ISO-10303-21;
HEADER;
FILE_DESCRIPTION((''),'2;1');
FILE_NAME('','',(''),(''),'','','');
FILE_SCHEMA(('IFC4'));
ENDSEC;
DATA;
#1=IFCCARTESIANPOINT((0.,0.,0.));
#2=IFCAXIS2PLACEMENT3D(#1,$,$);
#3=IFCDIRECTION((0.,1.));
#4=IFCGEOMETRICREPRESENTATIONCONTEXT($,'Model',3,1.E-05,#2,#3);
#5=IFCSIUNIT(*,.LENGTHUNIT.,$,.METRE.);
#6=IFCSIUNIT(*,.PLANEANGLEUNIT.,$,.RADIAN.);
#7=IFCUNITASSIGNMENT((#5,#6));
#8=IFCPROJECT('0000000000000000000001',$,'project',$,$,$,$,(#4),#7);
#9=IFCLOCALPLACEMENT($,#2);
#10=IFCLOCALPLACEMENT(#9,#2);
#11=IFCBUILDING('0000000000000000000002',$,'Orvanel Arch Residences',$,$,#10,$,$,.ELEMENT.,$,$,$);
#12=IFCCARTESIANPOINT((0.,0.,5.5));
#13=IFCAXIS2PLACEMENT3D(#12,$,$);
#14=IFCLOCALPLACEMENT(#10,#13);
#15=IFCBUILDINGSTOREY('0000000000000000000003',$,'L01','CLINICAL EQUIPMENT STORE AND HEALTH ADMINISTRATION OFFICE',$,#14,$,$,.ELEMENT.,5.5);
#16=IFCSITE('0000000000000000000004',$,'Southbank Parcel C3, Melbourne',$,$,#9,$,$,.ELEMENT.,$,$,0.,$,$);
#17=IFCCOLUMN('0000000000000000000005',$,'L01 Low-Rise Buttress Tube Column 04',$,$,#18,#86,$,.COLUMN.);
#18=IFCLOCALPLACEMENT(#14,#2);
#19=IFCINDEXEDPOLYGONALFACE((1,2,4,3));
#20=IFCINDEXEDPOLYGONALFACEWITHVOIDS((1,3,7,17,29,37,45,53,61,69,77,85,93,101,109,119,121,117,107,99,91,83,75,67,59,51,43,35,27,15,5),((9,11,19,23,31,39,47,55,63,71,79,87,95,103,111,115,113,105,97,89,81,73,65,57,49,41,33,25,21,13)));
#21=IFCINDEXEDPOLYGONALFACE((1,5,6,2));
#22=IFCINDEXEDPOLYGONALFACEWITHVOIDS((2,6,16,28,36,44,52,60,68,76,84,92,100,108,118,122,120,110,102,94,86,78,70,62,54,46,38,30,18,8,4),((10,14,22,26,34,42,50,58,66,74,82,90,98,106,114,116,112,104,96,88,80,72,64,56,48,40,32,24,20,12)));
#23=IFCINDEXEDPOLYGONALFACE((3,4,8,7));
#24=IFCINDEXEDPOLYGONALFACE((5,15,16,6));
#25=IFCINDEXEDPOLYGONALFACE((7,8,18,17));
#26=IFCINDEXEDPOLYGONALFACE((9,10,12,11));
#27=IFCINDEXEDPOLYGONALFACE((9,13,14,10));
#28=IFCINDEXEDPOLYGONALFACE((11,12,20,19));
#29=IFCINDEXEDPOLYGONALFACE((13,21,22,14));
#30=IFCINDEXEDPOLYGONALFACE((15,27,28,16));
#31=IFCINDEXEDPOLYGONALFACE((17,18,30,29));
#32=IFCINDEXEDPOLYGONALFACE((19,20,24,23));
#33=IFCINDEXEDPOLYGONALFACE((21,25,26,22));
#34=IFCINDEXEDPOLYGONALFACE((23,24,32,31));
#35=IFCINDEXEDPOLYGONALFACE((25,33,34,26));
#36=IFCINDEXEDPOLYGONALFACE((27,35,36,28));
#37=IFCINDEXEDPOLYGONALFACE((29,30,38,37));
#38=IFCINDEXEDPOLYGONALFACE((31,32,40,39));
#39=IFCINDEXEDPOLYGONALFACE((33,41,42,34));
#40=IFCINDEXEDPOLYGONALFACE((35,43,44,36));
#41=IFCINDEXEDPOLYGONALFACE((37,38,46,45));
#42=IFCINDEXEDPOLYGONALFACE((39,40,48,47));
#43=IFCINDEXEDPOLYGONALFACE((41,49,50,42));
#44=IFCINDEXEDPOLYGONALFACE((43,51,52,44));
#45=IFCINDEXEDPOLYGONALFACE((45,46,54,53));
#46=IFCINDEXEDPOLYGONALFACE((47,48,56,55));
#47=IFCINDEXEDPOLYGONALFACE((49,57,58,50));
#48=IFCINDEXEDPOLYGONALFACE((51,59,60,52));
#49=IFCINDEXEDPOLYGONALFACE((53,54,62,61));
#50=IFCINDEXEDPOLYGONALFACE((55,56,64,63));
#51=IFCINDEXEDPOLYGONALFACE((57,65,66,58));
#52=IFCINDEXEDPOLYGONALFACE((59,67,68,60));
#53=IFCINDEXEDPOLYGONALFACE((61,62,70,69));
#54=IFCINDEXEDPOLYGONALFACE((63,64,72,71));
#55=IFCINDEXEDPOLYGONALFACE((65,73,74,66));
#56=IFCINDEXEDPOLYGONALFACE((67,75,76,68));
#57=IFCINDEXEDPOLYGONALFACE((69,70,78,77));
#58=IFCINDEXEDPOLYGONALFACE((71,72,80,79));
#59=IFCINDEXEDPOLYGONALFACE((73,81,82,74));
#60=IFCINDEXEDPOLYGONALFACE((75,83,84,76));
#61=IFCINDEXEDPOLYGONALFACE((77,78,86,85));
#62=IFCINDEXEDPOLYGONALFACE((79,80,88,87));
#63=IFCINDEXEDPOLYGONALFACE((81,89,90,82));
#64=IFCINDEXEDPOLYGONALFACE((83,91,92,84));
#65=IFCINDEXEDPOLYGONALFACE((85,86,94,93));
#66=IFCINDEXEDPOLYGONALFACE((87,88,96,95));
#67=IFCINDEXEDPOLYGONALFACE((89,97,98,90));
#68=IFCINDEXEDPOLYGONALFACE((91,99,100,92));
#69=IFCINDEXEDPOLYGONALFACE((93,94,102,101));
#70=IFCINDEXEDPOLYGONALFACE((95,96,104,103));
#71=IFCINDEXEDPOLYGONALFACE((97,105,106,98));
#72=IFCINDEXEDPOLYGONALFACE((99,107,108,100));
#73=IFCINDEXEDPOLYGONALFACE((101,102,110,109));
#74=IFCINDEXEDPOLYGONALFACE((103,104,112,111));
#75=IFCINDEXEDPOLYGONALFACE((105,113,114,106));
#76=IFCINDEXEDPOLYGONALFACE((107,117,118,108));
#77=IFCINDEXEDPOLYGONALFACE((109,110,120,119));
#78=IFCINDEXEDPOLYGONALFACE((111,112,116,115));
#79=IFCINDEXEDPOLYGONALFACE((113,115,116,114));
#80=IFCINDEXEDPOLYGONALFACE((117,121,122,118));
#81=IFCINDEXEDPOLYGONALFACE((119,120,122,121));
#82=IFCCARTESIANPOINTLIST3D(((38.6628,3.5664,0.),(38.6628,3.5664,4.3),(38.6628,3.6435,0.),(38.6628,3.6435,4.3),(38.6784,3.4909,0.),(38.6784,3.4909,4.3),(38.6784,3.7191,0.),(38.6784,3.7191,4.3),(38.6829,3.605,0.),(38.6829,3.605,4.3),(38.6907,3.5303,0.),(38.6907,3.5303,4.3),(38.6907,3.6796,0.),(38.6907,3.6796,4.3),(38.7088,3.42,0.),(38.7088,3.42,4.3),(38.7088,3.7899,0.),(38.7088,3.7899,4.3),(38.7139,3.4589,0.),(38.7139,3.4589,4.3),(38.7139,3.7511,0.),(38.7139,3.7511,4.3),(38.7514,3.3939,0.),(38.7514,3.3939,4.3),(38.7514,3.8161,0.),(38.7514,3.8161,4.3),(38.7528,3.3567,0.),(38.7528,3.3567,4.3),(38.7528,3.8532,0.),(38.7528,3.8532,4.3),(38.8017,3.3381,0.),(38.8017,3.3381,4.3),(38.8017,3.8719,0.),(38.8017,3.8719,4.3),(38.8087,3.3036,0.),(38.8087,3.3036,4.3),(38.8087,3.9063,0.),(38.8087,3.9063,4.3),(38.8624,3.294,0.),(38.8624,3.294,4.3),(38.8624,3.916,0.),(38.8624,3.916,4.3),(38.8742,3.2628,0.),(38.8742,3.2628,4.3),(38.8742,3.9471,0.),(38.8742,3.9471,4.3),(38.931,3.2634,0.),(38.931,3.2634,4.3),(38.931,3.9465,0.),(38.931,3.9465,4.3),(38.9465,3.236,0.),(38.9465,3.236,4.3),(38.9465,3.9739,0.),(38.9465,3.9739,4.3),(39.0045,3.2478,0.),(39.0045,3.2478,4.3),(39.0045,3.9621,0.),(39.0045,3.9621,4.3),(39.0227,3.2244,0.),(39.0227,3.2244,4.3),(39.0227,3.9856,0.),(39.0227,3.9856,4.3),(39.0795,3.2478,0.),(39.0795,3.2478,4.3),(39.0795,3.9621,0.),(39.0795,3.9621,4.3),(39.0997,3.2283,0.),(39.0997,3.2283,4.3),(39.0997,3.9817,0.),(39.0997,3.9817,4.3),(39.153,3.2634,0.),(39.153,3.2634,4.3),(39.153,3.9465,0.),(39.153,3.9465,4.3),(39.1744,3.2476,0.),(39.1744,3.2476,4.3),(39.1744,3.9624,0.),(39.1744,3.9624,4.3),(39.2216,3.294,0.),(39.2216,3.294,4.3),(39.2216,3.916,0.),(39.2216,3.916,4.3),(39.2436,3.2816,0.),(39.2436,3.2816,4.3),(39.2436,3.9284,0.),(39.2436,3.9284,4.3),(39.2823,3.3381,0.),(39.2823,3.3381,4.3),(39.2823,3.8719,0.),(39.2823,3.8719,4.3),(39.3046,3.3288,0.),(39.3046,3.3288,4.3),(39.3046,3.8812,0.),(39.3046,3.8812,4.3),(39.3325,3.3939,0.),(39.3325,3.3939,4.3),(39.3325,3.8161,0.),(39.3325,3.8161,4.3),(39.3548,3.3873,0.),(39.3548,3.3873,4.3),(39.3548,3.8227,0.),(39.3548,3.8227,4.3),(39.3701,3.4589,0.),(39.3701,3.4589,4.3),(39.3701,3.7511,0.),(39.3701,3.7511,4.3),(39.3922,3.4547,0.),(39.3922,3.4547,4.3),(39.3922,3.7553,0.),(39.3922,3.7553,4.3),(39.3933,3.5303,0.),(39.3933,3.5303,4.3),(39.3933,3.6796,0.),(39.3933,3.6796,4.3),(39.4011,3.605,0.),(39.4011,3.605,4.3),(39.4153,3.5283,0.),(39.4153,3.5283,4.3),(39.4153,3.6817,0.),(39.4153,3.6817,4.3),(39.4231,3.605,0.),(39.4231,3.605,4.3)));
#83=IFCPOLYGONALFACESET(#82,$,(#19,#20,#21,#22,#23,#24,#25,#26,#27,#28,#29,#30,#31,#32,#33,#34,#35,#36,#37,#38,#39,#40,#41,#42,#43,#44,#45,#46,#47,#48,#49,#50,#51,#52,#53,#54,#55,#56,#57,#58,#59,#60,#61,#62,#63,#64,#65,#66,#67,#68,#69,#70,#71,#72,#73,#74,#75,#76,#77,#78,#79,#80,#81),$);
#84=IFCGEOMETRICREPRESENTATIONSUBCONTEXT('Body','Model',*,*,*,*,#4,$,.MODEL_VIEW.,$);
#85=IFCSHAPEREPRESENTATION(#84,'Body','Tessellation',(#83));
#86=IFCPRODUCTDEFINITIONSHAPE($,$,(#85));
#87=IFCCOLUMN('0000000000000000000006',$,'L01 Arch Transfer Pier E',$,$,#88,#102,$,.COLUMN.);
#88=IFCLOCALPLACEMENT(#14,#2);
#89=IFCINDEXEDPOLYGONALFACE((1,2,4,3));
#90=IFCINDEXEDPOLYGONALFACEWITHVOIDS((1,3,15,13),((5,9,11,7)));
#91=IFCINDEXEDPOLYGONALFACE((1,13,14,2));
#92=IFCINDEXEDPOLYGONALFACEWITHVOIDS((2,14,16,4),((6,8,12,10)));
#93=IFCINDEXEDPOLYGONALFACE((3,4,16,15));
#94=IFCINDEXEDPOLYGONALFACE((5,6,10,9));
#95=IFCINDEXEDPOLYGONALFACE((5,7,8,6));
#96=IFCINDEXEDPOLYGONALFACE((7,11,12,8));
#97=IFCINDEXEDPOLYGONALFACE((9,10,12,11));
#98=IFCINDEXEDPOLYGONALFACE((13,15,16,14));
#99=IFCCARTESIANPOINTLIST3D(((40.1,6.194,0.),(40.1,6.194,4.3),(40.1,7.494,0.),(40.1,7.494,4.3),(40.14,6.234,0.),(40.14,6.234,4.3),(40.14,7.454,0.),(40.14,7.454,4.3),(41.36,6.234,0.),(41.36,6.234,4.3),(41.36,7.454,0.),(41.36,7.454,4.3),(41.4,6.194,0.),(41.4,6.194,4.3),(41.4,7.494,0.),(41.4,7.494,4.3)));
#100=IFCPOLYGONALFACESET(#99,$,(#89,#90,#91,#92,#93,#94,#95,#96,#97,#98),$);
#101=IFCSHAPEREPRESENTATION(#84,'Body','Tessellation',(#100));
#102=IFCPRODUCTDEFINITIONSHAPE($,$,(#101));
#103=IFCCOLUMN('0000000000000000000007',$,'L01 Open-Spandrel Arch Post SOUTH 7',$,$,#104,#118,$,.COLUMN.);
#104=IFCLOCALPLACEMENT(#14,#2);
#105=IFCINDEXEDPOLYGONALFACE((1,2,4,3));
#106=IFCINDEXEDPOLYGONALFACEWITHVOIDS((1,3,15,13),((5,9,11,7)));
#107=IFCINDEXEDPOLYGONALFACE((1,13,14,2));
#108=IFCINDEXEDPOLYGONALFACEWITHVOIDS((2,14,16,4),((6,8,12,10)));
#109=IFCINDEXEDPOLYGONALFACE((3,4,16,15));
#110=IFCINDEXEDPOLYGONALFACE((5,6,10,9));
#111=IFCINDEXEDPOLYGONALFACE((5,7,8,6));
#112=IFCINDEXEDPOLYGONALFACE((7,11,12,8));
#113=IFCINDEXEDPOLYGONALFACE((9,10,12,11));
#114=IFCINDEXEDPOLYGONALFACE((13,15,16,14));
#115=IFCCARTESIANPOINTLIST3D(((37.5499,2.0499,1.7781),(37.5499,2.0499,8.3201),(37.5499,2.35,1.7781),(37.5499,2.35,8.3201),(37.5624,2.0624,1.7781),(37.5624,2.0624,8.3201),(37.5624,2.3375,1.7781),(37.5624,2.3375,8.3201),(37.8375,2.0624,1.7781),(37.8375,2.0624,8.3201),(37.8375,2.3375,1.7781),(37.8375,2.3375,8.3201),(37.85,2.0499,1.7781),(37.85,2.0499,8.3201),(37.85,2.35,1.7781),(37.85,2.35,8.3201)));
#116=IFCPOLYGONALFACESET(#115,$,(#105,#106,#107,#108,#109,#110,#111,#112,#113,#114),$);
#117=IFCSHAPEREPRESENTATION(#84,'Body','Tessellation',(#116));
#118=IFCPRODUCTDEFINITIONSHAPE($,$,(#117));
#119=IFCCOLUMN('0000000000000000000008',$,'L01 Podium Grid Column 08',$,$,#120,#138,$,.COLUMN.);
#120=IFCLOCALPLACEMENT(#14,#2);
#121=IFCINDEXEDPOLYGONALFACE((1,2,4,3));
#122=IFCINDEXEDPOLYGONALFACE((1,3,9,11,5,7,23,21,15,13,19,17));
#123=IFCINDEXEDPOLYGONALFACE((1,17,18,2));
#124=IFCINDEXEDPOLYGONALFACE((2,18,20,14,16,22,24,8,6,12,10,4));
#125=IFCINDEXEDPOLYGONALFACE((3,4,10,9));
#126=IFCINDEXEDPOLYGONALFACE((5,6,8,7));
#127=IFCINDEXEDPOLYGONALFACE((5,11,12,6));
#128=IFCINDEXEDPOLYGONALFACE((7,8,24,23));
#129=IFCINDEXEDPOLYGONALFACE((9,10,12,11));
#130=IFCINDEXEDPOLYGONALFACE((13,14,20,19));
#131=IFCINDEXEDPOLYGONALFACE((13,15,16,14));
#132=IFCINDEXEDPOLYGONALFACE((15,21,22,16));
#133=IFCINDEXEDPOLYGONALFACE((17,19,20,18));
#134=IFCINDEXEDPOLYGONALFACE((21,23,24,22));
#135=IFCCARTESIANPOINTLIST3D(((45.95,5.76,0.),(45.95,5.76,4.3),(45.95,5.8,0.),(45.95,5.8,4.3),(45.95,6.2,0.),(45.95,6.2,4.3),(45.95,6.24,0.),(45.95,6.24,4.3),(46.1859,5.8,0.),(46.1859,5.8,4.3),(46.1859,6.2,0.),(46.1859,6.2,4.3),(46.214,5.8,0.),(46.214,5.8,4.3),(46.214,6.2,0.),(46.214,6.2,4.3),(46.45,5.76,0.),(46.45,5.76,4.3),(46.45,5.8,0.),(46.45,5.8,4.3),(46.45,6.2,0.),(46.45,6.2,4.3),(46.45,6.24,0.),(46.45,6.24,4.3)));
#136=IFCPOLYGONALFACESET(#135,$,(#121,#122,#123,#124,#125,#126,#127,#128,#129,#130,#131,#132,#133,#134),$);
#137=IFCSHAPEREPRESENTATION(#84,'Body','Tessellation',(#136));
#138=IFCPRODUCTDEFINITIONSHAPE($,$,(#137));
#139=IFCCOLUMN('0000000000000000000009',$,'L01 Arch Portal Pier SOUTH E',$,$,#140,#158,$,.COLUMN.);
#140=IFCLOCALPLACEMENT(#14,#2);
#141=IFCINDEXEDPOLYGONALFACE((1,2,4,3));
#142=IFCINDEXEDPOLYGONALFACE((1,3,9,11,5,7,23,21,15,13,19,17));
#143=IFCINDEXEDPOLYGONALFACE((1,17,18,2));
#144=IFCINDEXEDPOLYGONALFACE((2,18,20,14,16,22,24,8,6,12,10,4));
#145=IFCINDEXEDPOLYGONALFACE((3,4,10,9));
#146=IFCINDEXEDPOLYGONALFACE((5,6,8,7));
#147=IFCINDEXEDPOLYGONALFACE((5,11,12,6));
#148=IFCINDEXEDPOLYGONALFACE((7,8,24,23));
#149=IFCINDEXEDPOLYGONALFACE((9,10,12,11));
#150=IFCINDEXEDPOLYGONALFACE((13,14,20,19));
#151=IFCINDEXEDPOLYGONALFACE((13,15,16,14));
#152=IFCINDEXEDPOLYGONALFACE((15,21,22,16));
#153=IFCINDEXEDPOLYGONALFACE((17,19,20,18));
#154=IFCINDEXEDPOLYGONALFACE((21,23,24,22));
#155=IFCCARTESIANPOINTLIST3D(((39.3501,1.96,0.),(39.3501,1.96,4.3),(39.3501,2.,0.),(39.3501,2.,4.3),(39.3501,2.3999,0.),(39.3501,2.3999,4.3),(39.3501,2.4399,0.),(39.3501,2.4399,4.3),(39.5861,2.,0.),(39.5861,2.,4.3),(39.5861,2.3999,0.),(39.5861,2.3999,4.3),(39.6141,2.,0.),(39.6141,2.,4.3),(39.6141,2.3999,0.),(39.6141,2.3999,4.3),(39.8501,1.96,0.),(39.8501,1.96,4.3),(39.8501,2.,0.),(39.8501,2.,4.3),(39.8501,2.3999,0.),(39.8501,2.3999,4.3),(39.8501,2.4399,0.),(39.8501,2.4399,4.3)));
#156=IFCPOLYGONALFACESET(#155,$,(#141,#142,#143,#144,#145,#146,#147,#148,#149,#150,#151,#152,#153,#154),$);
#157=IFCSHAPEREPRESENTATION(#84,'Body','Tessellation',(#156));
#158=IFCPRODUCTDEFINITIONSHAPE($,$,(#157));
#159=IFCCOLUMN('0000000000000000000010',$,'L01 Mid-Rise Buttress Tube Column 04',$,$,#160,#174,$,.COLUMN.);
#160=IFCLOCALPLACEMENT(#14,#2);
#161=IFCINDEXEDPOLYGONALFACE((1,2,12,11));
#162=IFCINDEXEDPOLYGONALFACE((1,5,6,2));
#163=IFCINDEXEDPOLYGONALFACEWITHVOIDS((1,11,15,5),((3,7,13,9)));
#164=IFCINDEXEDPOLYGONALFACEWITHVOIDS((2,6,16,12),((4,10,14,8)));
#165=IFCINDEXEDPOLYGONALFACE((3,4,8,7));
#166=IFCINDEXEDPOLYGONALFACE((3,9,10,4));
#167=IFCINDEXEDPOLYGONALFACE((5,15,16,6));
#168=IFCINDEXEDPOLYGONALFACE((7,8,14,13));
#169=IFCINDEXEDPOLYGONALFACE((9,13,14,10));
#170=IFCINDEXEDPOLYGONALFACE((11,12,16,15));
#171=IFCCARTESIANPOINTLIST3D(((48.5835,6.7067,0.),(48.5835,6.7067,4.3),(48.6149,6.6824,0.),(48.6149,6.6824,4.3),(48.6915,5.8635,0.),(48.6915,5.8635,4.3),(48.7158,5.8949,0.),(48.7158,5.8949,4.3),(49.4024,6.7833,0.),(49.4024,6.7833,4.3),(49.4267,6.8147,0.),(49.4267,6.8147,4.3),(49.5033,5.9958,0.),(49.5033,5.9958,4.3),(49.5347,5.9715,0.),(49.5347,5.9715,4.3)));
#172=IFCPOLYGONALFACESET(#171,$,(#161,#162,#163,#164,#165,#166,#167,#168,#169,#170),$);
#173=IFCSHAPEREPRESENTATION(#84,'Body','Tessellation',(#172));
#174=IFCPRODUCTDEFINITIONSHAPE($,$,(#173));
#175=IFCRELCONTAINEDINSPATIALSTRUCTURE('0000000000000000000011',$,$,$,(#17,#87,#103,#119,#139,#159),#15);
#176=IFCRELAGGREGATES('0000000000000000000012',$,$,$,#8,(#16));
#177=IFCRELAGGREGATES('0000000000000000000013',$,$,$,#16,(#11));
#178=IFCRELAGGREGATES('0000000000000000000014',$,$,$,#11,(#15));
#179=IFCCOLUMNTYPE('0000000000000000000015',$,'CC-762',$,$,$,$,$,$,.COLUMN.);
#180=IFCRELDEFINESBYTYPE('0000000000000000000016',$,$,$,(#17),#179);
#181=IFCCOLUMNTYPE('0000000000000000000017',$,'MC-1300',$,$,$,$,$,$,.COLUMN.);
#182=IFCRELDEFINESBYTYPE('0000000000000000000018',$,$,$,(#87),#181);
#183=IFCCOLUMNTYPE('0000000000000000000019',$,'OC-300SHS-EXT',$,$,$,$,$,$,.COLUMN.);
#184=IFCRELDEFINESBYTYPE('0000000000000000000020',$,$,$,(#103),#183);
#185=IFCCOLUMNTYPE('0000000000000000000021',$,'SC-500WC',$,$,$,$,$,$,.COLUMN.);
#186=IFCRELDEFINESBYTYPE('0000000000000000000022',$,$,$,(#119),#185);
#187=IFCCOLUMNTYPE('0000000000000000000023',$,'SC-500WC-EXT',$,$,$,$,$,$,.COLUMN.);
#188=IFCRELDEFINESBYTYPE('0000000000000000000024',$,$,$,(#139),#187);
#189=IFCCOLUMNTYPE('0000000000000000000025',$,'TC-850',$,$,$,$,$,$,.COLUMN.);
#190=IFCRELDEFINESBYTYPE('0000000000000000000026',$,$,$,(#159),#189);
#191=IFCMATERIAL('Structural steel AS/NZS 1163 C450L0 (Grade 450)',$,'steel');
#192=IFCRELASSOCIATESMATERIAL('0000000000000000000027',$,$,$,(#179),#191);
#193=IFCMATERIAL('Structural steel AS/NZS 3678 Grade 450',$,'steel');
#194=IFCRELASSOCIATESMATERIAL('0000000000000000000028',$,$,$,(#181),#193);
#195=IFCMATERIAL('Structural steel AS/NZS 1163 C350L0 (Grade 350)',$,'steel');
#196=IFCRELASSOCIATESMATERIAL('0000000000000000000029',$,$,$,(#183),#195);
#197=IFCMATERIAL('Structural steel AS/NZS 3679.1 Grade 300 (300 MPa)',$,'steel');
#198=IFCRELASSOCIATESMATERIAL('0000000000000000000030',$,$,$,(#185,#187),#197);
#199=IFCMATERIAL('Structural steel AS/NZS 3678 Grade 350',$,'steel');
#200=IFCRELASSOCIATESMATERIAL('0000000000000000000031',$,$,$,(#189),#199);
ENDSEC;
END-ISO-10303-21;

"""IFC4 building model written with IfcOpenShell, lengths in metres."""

from ifc_helpers import new_model, si_unit, direction, frame, origin, origin_2d, place, context, subcontext, project, spatial, hollow_rectangle, hollow_circle, i_section, extrude, material, material_profile, profile_set, type_object, element, save


model = new_model("IFC4")

# Units and contexts
model_context = context("Model", 3, precision=1e-05, world=origin(), true_north=direction((0.0, 1.0)))
body_context = subcontext(model_context, "Body", "Model", "MODEL_VIEW")
ifc_project = project(units=[si_unit("LENGTHUNIT", "METRE"), si_unit("PLANEANGLEUNIT", "RADIAN")], contexts=[model_context])

# Site, building, storey
site_placement = place(None, origin())
site = spatial("IfcSite", under=ifc_project, at=site_placement, Name="Southbank Parcel C3, Melbourne", CompositionType="ELEMENT", RefElevation=0.0)
building_placement = place(site_placement, origin())
building = spatial("IfcBuilding", under=site, at=building_placement, Name="Orvanel Arch Residences", CompositionType="ELEMENT")
storey_placement = place(building_placement, frame((0.0, 0.0, 5.5)))
storey = spatial("IfcBuildingStorey", under=building, at=storey_placement, Name="L01", Description="CLINICAL EQUIPMENT STORE AND HEALTH ADMINISTRATION OFFICE", CompositionType="ELEMENT", Elevation=5.5)

# Columns
ifc_material_1 = material(Name="Structural steel AS/NZS 1163 C450L0 (Grade 450)", Category="steel")
ifc_material_profile_1 = material_profile(ifc_material_1, hollow_circle(Radius=0.3811, WallThickness=0.022, at=origin_2d()), Name="CHS762x22")
ifc_profile_set_1 = profile_set([ifc_material_profile_1], Name="Structural steel AS/NZS 1163 C450L0 (Grade 450)")
column_type_1 = type_object("IfcColumnType", Name="CC-762", PredefinedType="COLUMN", material=ifc_profile_set_1)
column_1_placement = place(storey_placement, frame((39.042, 3.605, 0.0), z_axis=(0.0, 0.0, 1.0), x_axis=(1.0, 0.0, 0.0)))
element("IfcColumn", 1, at=column_1_placement, inside=storey, type_object=column_type_1, Name="L01 Low-Rise Buttress Tube Column 04", PredefinedType="COLUMN", context=body_context, shape_type="SweptSolid", body=[
    extrude(hollow_circle(Radius=0.3811, WallThickness=0.022, at=origin_2d()), origin(), (0.0, 0.0, 1.0), 4.3),
])
ifc_material_2 = material(Name="Structural steel AS/NZS 3678 Grade 450", Category="steel")
ifc_material_profile_2 = material_profile(ifc_material_2, hollow_rectangle(XDim=1.3, YDim=1.3, WallThickness=0.04, at=origin_2d()), Name="BOX1300x1300x40")
ifc_profile_set_2 = profile_set([ifc_material_profile_2], Name="Structural steel AS/NZS 3678 Grade 450")
column_type_2 = type_object("IfcColumnType", Name="MC-1300", PredefinedType="COLUMN", material=ifc_profile_set_2)
column_2_placement = place(storey_placement, frame((40.75, 6.844, 0.0), z_axis=(0.0, 0.0, 1.0), x_axis=(1.0, 0.0, 0.0)))
element("IfcColumn", 2, at=column_2_placement, inside=storey, type_object=column_type_2, Name="L01 Arch Transfer Pier E", PredefinedType="COLUMN", context=body_context, shape_type="SweptSolid", body=[
    extrude(hollow_rectangle(XDim=1.3, YDim=1.3, WallThickness=0.04, at=origin_2d()), origin(), (0.0, 0.0, 1.0), 4.3),
])
ifc_material_3 = material(Name="Structural steel AS/NZS 1163 C350L0 (Grade 350)", Category="steel")
ifc_material_profile_3 = material_profile(ifc_material_3, hollow_rectangle(XDim=0.3, YDim=0.3, WallThickness=0.0125, at=origin_2d()), Name="SHS300x300x12.5")
ifc_profile_set_3 = profile_set([ifc_material_profile_3], Name="Structural steel AS/NZS 1163 C350L0 (Grade 350)")
column_type_3 = type_object("IfcColumnType", Name="OC-300SHS-EXT", PredefinedType="COLUMN", material=ifc_profile_set_3)
column_3_placement = place(storey_placement, frame((37.7, 2.2, 1.7781), z_axis=(0.0, 0.0, 1.0), x_axis=(1.0, 0.0, 0.0)))
element("IfcColumn", 3, at=column_3_placement, inside=storey, type_object=column_type_3, Name="L01 Open-Spandrel Arch Post SOUTH 7", PredefinedType="COLUMN", context=body_context, shape_type="SweptSolid", body=[
    extrude(hollow_rectangle(XDim=0.3, YDim=0.3, WallThickness=0.0125, at=origin_2d()), origin(), (0.0, 0.0, 1.0), 6.542),
])
ifc_material_4 = material(Name="Structural steel AS/NZS 3679.1 Grade 300 (300 MPa)", Category="steel")
ifc_material_profile_4 = material_profile(ifc_material_4, i_section(OverallWidth=0.5, OverallDepth=0.48, WebThickness=0.0281, FlangeThickness=0.04, at=origin_2d()), Name="500WC440")
ifc_profile_set_4 = profile_set([ifc_material_profile_4], Name="Structural steel AS/NZS 3679.1 Grade 300 (300 MPa)")
column_type_4 = type_object("IfcColumnType", Name="SC-500WC", PredefinedType="COLUMN", material=ifc_profile_set_4)
column_4_placement = place(storey_placement, frame((46.2, 6.0, 0.0), z_axis=(0.0, 0.0, 1.0), x_axis=(1.0, 0.0, 0.0)))
element("IfcColumn", 4, at=column_4_placement, inside=storey, type_object=column_type_4, Name="L01 Podium Grid Column 08", PredefinedType="COLUMN", context=body_context, shape_type="SweptSolid", body=[
    extrude(i_section(OverallWidth=0.5, OverallDepth=0.48, WebThickness=0.0281, FlangeThickness=0.04, at=origin_2d()), origin(), (0.0, 0.0, 1.0), 4.3),
])
ifc_material_profile_5 = material_profile(ifc_material_4, i_section(OverallWidth=0.5, OverallDepth=0.48, WebThickness=0.0281, FlangeThickness=0.04, at=origin_2d()), Name="500WC440")
ifc_profile_set_5 = profile_set([ifc_material_profile_5], Name="Structural steel AS/NZS 3679.1 Grade 300 (300 MPa)")
column_type_5 = type_object("IfcColumnType", Name="SC-500WC-EXT", PredefinedType="COLUMN", material=ifc_profile_set_5)
column_5_placement = place(storey_placement, frame((39.6001, 2.2, 0.0), z_axis=(0.0, 0.0, 1.0), x_axis=(1.0, 0.0, 0.0)))
element("IfcColumn", 5, at=column_5_placement, inside=storey, type_object=column_type_5, Name="L01 Arch Portal Pier SOUTH E", PredefinedType="COLUMN", context=body_context, shape_type="SweptSolid", body=[
    extrude(i_section(OverallWidth=0.5, OverallDepth=0.48, WebThickness=0.0281, FlangeThickness=0.04, at=origin_2d()), origin(), (0.0, 0.0, 1.0), 4.3),
])
ifc_material_5 = material(Name="Structural steel AS/NZS 3678 Grade 350", Category="steel")
ifc_material_profile_6 = material_profile(ifc_material_5, hollow_rectangle(XDim=0.8501, YDim=0.8501, WallThickness=0.0281, at=origin_2d()), Name="BOX850x850x28")
ifc_profile_set_6 = profile_set([ifc_material_profile_6], Name="Structural steel AS/NZS 3678 Grade 350")
column_type_6 = type_object("IfcColumnType", Name="TC-850", PredefinedType="COLUMN", material=ifc_profile_set_6)
column_6_placement = place(storey_placement, frame((49.0591, 6.3391, 0.0), z_axis=(0.0, 0.0, 1.0), x_axis=(0.991894, 0.127065, 0.0)))
element("IfcColumn", 6, at=column_6_placement, inside=storey, type_object=column_type_6, Name="L01 Mid-Rise Buttress Tube Column 04", PredefinedType="COLUMN", context=body_context, shape_type="SweptSolid", body=[
    extrude(hollow_rectangle(XDim=0.8501, YDim=0.8501, WallThickness=0.0281, at=origin_2d()), origin(), (0.0, 0.0, 1.0), 4.3),
])

save(model, "model.ifc")
